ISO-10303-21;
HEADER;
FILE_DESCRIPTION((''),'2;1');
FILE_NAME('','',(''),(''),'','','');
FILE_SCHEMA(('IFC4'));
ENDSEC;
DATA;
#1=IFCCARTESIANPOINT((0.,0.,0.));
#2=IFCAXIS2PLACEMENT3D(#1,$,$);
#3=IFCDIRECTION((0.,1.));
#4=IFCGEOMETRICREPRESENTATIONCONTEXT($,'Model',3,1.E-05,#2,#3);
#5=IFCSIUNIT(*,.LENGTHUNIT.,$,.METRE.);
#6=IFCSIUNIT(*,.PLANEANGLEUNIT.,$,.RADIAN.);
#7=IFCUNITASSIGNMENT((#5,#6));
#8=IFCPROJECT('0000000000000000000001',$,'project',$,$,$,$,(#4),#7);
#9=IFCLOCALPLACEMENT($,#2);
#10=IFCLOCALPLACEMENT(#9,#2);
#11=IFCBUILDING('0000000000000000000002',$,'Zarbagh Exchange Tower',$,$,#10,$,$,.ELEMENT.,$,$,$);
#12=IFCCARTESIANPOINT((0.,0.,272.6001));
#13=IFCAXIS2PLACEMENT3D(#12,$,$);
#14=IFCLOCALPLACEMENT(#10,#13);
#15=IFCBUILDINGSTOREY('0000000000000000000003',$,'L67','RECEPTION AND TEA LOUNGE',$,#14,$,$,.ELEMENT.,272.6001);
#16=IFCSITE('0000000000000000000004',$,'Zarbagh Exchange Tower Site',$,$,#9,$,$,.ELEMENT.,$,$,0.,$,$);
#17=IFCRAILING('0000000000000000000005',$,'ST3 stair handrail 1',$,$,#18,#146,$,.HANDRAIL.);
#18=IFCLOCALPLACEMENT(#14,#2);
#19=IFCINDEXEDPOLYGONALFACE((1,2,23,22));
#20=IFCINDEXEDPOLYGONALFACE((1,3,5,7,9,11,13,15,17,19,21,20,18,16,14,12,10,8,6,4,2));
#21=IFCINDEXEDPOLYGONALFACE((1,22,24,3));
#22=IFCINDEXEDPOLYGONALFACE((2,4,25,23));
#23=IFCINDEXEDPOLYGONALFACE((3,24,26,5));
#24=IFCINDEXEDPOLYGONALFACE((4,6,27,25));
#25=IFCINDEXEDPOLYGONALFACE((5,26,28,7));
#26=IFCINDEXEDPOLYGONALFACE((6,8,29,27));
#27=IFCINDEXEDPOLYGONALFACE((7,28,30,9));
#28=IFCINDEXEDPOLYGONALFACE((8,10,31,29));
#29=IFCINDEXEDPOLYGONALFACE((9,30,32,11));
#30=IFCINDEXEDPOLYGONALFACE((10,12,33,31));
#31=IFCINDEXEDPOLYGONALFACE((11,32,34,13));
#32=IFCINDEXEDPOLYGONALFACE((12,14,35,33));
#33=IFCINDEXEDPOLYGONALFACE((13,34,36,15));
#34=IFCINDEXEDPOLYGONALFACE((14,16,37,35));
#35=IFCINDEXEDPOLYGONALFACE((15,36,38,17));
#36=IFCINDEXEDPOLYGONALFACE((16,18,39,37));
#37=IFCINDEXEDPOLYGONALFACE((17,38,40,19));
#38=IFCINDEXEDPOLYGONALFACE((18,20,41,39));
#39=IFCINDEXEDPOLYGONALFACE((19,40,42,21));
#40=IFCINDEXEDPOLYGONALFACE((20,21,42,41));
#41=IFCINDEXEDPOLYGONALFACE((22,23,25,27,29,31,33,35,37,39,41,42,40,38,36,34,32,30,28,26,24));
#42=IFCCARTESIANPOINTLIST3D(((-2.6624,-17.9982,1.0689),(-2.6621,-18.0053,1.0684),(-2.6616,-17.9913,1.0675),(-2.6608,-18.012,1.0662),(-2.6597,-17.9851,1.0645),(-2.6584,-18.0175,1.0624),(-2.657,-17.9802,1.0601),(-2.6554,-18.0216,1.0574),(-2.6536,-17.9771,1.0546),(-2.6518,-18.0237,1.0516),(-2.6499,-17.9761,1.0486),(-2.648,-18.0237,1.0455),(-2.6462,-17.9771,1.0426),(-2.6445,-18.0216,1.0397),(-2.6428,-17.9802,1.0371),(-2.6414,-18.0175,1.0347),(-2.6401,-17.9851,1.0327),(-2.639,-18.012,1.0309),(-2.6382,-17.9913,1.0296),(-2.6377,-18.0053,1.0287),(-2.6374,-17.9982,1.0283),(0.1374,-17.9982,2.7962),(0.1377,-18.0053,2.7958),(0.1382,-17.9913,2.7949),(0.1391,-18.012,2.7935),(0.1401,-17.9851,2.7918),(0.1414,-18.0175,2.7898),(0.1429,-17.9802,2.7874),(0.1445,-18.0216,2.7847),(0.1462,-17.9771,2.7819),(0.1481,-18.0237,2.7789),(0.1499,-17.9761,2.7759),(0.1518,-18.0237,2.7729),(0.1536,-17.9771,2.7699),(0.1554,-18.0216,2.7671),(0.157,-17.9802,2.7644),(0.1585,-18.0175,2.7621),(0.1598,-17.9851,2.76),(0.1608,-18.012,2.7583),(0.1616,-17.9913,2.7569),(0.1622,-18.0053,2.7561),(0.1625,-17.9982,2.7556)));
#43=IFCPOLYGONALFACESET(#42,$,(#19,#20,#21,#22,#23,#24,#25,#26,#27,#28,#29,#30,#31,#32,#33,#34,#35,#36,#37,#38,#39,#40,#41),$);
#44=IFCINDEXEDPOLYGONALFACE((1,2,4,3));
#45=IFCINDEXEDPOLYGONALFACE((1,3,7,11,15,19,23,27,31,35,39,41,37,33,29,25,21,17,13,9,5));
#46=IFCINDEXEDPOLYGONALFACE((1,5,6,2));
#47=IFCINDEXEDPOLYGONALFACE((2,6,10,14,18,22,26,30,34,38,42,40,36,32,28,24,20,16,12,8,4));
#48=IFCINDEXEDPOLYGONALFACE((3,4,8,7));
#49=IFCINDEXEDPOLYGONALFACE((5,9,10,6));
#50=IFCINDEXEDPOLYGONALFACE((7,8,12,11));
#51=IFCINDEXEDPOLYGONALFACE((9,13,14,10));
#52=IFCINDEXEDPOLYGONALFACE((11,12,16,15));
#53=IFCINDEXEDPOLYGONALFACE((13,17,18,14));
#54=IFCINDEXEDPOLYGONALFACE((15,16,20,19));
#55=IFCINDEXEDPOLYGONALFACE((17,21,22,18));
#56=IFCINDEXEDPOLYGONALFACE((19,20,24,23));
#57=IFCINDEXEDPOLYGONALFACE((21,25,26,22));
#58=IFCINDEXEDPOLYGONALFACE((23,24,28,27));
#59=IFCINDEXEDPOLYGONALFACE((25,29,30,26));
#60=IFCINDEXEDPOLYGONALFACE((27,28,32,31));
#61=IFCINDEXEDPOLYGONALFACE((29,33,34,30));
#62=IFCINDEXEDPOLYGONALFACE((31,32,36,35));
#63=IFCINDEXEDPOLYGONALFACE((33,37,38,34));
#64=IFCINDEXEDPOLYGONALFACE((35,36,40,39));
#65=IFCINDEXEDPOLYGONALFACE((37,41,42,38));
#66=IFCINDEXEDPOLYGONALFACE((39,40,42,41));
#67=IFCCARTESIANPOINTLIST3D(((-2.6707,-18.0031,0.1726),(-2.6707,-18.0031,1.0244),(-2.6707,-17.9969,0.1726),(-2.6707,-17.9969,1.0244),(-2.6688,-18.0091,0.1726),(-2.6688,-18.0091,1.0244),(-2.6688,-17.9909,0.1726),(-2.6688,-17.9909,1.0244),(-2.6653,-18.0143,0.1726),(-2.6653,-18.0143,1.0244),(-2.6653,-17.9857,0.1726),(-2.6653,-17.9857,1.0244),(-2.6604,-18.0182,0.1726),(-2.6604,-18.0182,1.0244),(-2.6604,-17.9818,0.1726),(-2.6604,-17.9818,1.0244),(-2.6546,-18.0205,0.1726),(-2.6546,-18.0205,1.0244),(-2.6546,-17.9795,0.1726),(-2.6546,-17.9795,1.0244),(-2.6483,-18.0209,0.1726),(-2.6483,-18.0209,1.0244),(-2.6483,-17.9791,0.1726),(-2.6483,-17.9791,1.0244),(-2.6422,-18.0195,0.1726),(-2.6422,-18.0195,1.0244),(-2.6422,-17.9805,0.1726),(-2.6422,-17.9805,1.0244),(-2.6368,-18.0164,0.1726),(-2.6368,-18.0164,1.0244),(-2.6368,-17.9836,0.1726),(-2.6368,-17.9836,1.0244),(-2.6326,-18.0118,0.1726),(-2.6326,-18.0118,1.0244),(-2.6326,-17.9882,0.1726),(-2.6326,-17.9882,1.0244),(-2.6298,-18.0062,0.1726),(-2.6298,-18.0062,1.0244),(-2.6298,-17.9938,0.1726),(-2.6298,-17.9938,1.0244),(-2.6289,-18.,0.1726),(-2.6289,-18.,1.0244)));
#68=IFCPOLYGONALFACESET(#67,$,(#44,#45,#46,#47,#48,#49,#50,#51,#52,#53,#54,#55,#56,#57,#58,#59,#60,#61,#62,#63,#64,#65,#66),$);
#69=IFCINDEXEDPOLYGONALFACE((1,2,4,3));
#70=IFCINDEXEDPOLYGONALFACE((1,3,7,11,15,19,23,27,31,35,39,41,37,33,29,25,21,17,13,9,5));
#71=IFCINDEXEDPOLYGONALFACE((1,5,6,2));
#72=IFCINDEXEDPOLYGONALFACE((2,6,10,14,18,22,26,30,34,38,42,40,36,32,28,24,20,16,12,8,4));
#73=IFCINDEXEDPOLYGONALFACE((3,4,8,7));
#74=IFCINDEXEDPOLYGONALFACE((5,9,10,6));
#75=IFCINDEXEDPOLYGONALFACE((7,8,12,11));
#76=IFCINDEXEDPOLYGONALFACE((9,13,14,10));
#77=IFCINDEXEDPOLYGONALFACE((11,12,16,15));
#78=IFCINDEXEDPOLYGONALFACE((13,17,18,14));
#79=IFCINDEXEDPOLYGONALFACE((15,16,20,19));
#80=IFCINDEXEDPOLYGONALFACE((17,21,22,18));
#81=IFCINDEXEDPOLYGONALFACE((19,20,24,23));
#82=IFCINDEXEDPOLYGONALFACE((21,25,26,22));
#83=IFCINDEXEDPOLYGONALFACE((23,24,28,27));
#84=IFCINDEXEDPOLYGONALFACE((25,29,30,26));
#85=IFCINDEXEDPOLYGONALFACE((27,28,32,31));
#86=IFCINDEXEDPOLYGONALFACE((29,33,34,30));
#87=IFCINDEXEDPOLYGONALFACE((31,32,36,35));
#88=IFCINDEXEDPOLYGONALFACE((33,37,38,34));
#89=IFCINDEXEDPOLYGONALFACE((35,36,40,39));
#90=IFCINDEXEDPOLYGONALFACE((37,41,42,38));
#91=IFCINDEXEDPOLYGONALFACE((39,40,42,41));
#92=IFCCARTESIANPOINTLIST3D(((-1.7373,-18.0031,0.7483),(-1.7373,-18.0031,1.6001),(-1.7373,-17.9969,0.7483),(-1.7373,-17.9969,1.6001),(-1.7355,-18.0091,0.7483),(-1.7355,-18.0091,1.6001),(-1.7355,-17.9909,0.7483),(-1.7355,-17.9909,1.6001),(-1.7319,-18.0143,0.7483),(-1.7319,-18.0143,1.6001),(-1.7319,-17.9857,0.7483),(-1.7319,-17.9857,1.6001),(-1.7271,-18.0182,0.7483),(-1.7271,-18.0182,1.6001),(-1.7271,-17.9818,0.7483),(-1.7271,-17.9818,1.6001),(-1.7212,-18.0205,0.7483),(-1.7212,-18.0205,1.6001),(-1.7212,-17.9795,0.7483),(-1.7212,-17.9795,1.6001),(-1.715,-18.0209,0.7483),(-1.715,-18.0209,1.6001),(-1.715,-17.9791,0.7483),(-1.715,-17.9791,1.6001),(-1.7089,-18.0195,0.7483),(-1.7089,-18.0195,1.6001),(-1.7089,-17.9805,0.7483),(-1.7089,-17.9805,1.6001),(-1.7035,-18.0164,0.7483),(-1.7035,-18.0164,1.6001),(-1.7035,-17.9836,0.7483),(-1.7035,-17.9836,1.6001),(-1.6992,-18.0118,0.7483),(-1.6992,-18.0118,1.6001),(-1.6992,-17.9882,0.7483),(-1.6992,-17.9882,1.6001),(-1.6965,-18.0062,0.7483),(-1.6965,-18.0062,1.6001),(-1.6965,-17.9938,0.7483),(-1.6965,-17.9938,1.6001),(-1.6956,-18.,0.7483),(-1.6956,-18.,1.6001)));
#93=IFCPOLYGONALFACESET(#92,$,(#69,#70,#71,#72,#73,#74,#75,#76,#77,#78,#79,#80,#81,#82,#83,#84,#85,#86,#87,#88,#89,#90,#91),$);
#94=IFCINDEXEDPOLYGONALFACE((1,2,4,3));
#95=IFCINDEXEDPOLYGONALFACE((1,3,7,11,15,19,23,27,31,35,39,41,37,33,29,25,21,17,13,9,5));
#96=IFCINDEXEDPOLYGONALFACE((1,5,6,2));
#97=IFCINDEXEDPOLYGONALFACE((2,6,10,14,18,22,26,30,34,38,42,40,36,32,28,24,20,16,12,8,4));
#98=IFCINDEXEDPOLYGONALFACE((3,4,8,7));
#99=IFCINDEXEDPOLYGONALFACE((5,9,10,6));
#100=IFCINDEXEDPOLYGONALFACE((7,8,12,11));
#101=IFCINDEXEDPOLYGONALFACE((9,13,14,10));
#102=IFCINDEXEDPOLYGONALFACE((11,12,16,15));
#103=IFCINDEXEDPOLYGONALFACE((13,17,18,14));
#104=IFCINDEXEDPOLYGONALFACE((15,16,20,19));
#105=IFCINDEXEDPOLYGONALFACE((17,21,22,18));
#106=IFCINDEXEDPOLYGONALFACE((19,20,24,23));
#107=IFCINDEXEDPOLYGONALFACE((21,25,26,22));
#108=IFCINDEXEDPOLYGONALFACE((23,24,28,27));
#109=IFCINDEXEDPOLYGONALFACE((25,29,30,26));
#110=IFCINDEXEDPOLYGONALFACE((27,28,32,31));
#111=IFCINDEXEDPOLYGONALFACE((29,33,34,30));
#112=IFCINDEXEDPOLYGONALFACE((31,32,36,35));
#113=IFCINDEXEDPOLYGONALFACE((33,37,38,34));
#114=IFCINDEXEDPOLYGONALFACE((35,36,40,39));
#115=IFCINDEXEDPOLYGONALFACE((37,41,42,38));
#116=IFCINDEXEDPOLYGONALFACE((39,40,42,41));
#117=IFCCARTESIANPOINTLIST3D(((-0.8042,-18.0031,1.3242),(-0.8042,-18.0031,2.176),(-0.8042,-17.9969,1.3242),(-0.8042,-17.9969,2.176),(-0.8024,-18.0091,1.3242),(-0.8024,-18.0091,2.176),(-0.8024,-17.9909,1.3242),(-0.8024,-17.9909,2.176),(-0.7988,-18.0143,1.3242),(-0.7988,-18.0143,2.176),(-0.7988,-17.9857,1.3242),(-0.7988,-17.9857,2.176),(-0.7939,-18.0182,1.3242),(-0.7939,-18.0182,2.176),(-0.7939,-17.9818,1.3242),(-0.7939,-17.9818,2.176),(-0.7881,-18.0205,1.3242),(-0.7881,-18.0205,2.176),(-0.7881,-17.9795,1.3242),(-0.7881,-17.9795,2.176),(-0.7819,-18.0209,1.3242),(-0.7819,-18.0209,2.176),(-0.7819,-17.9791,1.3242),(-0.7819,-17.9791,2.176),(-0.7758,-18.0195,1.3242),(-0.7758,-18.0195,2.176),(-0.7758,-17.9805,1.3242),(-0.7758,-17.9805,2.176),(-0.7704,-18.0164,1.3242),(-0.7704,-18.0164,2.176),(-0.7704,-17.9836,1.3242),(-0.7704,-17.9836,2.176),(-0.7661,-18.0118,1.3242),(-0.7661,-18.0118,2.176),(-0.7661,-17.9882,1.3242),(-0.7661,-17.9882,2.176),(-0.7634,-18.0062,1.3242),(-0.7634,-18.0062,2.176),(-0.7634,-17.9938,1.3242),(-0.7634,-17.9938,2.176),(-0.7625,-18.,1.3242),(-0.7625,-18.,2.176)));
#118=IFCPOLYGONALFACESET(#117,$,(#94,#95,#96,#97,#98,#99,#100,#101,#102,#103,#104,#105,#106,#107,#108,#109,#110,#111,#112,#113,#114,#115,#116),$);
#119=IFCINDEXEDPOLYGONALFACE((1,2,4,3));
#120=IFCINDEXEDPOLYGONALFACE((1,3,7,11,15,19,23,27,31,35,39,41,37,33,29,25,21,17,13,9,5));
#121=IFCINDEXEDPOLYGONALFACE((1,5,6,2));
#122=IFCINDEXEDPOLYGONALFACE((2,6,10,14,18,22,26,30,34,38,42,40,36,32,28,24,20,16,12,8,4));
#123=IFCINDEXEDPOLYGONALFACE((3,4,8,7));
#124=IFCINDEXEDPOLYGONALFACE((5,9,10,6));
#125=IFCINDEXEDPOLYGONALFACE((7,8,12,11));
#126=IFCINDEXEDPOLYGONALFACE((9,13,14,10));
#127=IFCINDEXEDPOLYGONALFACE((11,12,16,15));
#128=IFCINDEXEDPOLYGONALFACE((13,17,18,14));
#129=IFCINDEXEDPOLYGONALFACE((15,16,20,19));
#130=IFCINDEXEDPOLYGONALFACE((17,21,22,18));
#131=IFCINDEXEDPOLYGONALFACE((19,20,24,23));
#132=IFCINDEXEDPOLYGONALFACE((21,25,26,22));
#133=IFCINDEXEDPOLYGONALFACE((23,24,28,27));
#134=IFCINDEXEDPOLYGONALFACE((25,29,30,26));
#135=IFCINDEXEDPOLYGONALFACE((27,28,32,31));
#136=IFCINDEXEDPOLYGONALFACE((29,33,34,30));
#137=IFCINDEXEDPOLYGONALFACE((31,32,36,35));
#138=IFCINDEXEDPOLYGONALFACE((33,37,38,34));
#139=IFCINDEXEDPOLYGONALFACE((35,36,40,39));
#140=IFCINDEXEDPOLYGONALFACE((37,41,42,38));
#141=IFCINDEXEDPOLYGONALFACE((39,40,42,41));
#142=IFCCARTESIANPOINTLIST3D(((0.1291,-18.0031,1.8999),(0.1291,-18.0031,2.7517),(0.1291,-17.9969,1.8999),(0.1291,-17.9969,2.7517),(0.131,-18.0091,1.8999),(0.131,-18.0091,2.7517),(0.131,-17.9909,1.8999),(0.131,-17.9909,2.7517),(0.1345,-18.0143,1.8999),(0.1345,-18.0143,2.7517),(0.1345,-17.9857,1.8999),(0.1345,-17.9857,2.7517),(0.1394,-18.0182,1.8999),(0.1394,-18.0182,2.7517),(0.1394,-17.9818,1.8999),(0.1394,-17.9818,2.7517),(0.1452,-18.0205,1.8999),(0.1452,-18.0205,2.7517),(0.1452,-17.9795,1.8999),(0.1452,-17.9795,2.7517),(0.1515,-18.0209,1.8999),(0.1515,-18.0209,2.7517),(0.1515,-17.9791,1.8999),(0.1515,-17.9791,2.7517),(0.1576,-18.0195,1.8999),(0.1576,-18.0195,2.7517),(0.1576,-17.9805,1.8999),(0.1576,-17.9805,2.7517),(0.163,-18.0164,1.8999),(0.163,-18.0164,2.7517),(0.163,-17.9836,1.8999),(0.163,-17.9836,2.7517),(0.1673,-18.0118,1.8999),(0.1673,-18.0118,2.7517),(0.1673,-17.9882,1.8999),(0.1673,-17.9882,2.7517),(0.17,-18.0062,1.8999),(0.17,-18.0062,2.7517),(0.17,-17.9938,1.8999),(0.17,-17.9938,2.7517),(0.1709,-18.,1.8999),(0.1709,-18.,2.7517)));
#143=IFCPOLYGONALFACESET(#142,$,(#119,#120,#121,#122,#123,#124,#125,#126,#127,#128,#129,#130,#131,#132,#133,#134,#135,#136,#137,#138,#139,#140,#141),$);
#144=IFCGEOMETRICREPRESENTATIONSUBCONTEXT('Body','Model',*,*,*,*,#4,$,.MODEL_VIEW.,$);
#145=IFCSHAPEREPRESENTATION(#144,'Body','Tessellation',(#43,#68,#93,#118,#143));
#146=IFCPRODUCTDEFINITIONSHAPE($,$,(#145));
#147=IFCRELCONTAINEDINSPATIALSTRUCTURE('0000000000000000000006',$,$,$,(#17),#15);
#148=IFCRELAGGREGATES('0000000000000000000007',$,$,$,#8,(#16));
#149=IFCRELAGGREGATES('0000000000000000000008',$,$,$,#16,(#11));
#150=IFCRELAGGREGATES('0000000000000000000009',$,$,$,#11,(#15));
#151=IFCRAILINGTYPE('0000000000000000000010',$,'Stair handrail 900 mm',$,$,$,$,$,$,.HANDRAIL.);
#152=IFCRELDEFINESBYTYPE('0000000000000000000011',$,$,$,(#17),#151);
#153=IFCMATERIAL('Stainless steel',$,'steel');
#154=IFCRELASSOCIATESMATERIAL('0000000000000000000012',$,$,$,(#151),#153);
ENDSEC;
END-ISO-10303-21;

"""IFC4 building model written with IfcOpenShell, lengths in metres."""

from ifc_helpers import new_model, si_unit, direction, frame, origin, origin_2d, place, context, subcontext, project, spatial, circle, extrude, material, type_object, element, save


model = new_model("IFC4")

# Units and contexts
model_context = context("Model", 3, precision=1e-05, world=origin(), true_north=direction((0.0, 1.0)))
body_context = subcontext(model_context, "Body", "Model", "MODEL_VIEW")
ifc_project = project(units=[si_unit("LENGTHUNIT", "METRE"), si_unit("PLANEANGLEUNIT", "RADIAN")], contexts=[model_context])

# Site, building, storey
site_placement = place(None, origin())
site = spatial("IfcSite", under=ifc_project, at=site_placement, Name="Zarbagh Exchange Tower Site", CompositionType="ELEMENT", RefElevation=0.0)
building_placement = place(site_placement, origin())
building = spatial("IfcBuilding", under=site, at=building_placement, Name="Zarbagh Exchange Tower", CompositionType="ELEMENT")
storey_placement = place(building_placement, frame((0.0, 0.0, 272.6001)))
storey = spatial("IfcBuildingStorey", under=building, at=storey_placement, Name="L67", Description="RECEPTION AND TEA LOUNGE", CompositionType="ELEMENT", Elevation=272.6001)

# Railing
ifc_material_1 = material(Name="Stainless steel", Category="steel")
railing_type = type_object("IfcRailingType", Name="Stair handrail 900 mm", PredefinedType="HANDRAIL", material=ifc_material_1)
railing_placement = place(storey_placement, frame((-2.6499, -18.0, 0.1726)))
element("IfcRailing", 1, at=railing_placement, inside=storey, type_object=railing_type, Name="ST3 stair handrail 1", PredefinedType="HANDRAIL", context=body_context, shape_type="SweptSolid", body=[
    extrude(circle(Radius=0.0239, at=origin_2d()), frame((0.0, 0.0, 0.876), z_axis=(0.851069, 0.0, 0.525054), x_axis=(0.0, 1.0, 0.0)), (0.0, 0.0, 1.0), 3.2898),
    extrude(circle(Radius=0.021, at=origin_2d()), origin(), (0.0, 0.0, 1.0), 0.8518),
    extrude(circle(Radius=0.021, at=origin_2d()), frame((0.9333, 0.0, 0.5757)), (0.0, 0.0, 1.0), 0.8518),
    extrude(circle(Radius=0.021, at=origin_2d()), frame((1.8665, 0.0, 1.1516)), (0.0, 0.0, 1.0), 0.8518),
    extrude(circle(Radius=0.021, at=origin_2d()), frame((2.7998, 0.0, 1.7273)), (0.0, 0.0, 1.0), 0.8518),
])

save(model, "model.ifc")
